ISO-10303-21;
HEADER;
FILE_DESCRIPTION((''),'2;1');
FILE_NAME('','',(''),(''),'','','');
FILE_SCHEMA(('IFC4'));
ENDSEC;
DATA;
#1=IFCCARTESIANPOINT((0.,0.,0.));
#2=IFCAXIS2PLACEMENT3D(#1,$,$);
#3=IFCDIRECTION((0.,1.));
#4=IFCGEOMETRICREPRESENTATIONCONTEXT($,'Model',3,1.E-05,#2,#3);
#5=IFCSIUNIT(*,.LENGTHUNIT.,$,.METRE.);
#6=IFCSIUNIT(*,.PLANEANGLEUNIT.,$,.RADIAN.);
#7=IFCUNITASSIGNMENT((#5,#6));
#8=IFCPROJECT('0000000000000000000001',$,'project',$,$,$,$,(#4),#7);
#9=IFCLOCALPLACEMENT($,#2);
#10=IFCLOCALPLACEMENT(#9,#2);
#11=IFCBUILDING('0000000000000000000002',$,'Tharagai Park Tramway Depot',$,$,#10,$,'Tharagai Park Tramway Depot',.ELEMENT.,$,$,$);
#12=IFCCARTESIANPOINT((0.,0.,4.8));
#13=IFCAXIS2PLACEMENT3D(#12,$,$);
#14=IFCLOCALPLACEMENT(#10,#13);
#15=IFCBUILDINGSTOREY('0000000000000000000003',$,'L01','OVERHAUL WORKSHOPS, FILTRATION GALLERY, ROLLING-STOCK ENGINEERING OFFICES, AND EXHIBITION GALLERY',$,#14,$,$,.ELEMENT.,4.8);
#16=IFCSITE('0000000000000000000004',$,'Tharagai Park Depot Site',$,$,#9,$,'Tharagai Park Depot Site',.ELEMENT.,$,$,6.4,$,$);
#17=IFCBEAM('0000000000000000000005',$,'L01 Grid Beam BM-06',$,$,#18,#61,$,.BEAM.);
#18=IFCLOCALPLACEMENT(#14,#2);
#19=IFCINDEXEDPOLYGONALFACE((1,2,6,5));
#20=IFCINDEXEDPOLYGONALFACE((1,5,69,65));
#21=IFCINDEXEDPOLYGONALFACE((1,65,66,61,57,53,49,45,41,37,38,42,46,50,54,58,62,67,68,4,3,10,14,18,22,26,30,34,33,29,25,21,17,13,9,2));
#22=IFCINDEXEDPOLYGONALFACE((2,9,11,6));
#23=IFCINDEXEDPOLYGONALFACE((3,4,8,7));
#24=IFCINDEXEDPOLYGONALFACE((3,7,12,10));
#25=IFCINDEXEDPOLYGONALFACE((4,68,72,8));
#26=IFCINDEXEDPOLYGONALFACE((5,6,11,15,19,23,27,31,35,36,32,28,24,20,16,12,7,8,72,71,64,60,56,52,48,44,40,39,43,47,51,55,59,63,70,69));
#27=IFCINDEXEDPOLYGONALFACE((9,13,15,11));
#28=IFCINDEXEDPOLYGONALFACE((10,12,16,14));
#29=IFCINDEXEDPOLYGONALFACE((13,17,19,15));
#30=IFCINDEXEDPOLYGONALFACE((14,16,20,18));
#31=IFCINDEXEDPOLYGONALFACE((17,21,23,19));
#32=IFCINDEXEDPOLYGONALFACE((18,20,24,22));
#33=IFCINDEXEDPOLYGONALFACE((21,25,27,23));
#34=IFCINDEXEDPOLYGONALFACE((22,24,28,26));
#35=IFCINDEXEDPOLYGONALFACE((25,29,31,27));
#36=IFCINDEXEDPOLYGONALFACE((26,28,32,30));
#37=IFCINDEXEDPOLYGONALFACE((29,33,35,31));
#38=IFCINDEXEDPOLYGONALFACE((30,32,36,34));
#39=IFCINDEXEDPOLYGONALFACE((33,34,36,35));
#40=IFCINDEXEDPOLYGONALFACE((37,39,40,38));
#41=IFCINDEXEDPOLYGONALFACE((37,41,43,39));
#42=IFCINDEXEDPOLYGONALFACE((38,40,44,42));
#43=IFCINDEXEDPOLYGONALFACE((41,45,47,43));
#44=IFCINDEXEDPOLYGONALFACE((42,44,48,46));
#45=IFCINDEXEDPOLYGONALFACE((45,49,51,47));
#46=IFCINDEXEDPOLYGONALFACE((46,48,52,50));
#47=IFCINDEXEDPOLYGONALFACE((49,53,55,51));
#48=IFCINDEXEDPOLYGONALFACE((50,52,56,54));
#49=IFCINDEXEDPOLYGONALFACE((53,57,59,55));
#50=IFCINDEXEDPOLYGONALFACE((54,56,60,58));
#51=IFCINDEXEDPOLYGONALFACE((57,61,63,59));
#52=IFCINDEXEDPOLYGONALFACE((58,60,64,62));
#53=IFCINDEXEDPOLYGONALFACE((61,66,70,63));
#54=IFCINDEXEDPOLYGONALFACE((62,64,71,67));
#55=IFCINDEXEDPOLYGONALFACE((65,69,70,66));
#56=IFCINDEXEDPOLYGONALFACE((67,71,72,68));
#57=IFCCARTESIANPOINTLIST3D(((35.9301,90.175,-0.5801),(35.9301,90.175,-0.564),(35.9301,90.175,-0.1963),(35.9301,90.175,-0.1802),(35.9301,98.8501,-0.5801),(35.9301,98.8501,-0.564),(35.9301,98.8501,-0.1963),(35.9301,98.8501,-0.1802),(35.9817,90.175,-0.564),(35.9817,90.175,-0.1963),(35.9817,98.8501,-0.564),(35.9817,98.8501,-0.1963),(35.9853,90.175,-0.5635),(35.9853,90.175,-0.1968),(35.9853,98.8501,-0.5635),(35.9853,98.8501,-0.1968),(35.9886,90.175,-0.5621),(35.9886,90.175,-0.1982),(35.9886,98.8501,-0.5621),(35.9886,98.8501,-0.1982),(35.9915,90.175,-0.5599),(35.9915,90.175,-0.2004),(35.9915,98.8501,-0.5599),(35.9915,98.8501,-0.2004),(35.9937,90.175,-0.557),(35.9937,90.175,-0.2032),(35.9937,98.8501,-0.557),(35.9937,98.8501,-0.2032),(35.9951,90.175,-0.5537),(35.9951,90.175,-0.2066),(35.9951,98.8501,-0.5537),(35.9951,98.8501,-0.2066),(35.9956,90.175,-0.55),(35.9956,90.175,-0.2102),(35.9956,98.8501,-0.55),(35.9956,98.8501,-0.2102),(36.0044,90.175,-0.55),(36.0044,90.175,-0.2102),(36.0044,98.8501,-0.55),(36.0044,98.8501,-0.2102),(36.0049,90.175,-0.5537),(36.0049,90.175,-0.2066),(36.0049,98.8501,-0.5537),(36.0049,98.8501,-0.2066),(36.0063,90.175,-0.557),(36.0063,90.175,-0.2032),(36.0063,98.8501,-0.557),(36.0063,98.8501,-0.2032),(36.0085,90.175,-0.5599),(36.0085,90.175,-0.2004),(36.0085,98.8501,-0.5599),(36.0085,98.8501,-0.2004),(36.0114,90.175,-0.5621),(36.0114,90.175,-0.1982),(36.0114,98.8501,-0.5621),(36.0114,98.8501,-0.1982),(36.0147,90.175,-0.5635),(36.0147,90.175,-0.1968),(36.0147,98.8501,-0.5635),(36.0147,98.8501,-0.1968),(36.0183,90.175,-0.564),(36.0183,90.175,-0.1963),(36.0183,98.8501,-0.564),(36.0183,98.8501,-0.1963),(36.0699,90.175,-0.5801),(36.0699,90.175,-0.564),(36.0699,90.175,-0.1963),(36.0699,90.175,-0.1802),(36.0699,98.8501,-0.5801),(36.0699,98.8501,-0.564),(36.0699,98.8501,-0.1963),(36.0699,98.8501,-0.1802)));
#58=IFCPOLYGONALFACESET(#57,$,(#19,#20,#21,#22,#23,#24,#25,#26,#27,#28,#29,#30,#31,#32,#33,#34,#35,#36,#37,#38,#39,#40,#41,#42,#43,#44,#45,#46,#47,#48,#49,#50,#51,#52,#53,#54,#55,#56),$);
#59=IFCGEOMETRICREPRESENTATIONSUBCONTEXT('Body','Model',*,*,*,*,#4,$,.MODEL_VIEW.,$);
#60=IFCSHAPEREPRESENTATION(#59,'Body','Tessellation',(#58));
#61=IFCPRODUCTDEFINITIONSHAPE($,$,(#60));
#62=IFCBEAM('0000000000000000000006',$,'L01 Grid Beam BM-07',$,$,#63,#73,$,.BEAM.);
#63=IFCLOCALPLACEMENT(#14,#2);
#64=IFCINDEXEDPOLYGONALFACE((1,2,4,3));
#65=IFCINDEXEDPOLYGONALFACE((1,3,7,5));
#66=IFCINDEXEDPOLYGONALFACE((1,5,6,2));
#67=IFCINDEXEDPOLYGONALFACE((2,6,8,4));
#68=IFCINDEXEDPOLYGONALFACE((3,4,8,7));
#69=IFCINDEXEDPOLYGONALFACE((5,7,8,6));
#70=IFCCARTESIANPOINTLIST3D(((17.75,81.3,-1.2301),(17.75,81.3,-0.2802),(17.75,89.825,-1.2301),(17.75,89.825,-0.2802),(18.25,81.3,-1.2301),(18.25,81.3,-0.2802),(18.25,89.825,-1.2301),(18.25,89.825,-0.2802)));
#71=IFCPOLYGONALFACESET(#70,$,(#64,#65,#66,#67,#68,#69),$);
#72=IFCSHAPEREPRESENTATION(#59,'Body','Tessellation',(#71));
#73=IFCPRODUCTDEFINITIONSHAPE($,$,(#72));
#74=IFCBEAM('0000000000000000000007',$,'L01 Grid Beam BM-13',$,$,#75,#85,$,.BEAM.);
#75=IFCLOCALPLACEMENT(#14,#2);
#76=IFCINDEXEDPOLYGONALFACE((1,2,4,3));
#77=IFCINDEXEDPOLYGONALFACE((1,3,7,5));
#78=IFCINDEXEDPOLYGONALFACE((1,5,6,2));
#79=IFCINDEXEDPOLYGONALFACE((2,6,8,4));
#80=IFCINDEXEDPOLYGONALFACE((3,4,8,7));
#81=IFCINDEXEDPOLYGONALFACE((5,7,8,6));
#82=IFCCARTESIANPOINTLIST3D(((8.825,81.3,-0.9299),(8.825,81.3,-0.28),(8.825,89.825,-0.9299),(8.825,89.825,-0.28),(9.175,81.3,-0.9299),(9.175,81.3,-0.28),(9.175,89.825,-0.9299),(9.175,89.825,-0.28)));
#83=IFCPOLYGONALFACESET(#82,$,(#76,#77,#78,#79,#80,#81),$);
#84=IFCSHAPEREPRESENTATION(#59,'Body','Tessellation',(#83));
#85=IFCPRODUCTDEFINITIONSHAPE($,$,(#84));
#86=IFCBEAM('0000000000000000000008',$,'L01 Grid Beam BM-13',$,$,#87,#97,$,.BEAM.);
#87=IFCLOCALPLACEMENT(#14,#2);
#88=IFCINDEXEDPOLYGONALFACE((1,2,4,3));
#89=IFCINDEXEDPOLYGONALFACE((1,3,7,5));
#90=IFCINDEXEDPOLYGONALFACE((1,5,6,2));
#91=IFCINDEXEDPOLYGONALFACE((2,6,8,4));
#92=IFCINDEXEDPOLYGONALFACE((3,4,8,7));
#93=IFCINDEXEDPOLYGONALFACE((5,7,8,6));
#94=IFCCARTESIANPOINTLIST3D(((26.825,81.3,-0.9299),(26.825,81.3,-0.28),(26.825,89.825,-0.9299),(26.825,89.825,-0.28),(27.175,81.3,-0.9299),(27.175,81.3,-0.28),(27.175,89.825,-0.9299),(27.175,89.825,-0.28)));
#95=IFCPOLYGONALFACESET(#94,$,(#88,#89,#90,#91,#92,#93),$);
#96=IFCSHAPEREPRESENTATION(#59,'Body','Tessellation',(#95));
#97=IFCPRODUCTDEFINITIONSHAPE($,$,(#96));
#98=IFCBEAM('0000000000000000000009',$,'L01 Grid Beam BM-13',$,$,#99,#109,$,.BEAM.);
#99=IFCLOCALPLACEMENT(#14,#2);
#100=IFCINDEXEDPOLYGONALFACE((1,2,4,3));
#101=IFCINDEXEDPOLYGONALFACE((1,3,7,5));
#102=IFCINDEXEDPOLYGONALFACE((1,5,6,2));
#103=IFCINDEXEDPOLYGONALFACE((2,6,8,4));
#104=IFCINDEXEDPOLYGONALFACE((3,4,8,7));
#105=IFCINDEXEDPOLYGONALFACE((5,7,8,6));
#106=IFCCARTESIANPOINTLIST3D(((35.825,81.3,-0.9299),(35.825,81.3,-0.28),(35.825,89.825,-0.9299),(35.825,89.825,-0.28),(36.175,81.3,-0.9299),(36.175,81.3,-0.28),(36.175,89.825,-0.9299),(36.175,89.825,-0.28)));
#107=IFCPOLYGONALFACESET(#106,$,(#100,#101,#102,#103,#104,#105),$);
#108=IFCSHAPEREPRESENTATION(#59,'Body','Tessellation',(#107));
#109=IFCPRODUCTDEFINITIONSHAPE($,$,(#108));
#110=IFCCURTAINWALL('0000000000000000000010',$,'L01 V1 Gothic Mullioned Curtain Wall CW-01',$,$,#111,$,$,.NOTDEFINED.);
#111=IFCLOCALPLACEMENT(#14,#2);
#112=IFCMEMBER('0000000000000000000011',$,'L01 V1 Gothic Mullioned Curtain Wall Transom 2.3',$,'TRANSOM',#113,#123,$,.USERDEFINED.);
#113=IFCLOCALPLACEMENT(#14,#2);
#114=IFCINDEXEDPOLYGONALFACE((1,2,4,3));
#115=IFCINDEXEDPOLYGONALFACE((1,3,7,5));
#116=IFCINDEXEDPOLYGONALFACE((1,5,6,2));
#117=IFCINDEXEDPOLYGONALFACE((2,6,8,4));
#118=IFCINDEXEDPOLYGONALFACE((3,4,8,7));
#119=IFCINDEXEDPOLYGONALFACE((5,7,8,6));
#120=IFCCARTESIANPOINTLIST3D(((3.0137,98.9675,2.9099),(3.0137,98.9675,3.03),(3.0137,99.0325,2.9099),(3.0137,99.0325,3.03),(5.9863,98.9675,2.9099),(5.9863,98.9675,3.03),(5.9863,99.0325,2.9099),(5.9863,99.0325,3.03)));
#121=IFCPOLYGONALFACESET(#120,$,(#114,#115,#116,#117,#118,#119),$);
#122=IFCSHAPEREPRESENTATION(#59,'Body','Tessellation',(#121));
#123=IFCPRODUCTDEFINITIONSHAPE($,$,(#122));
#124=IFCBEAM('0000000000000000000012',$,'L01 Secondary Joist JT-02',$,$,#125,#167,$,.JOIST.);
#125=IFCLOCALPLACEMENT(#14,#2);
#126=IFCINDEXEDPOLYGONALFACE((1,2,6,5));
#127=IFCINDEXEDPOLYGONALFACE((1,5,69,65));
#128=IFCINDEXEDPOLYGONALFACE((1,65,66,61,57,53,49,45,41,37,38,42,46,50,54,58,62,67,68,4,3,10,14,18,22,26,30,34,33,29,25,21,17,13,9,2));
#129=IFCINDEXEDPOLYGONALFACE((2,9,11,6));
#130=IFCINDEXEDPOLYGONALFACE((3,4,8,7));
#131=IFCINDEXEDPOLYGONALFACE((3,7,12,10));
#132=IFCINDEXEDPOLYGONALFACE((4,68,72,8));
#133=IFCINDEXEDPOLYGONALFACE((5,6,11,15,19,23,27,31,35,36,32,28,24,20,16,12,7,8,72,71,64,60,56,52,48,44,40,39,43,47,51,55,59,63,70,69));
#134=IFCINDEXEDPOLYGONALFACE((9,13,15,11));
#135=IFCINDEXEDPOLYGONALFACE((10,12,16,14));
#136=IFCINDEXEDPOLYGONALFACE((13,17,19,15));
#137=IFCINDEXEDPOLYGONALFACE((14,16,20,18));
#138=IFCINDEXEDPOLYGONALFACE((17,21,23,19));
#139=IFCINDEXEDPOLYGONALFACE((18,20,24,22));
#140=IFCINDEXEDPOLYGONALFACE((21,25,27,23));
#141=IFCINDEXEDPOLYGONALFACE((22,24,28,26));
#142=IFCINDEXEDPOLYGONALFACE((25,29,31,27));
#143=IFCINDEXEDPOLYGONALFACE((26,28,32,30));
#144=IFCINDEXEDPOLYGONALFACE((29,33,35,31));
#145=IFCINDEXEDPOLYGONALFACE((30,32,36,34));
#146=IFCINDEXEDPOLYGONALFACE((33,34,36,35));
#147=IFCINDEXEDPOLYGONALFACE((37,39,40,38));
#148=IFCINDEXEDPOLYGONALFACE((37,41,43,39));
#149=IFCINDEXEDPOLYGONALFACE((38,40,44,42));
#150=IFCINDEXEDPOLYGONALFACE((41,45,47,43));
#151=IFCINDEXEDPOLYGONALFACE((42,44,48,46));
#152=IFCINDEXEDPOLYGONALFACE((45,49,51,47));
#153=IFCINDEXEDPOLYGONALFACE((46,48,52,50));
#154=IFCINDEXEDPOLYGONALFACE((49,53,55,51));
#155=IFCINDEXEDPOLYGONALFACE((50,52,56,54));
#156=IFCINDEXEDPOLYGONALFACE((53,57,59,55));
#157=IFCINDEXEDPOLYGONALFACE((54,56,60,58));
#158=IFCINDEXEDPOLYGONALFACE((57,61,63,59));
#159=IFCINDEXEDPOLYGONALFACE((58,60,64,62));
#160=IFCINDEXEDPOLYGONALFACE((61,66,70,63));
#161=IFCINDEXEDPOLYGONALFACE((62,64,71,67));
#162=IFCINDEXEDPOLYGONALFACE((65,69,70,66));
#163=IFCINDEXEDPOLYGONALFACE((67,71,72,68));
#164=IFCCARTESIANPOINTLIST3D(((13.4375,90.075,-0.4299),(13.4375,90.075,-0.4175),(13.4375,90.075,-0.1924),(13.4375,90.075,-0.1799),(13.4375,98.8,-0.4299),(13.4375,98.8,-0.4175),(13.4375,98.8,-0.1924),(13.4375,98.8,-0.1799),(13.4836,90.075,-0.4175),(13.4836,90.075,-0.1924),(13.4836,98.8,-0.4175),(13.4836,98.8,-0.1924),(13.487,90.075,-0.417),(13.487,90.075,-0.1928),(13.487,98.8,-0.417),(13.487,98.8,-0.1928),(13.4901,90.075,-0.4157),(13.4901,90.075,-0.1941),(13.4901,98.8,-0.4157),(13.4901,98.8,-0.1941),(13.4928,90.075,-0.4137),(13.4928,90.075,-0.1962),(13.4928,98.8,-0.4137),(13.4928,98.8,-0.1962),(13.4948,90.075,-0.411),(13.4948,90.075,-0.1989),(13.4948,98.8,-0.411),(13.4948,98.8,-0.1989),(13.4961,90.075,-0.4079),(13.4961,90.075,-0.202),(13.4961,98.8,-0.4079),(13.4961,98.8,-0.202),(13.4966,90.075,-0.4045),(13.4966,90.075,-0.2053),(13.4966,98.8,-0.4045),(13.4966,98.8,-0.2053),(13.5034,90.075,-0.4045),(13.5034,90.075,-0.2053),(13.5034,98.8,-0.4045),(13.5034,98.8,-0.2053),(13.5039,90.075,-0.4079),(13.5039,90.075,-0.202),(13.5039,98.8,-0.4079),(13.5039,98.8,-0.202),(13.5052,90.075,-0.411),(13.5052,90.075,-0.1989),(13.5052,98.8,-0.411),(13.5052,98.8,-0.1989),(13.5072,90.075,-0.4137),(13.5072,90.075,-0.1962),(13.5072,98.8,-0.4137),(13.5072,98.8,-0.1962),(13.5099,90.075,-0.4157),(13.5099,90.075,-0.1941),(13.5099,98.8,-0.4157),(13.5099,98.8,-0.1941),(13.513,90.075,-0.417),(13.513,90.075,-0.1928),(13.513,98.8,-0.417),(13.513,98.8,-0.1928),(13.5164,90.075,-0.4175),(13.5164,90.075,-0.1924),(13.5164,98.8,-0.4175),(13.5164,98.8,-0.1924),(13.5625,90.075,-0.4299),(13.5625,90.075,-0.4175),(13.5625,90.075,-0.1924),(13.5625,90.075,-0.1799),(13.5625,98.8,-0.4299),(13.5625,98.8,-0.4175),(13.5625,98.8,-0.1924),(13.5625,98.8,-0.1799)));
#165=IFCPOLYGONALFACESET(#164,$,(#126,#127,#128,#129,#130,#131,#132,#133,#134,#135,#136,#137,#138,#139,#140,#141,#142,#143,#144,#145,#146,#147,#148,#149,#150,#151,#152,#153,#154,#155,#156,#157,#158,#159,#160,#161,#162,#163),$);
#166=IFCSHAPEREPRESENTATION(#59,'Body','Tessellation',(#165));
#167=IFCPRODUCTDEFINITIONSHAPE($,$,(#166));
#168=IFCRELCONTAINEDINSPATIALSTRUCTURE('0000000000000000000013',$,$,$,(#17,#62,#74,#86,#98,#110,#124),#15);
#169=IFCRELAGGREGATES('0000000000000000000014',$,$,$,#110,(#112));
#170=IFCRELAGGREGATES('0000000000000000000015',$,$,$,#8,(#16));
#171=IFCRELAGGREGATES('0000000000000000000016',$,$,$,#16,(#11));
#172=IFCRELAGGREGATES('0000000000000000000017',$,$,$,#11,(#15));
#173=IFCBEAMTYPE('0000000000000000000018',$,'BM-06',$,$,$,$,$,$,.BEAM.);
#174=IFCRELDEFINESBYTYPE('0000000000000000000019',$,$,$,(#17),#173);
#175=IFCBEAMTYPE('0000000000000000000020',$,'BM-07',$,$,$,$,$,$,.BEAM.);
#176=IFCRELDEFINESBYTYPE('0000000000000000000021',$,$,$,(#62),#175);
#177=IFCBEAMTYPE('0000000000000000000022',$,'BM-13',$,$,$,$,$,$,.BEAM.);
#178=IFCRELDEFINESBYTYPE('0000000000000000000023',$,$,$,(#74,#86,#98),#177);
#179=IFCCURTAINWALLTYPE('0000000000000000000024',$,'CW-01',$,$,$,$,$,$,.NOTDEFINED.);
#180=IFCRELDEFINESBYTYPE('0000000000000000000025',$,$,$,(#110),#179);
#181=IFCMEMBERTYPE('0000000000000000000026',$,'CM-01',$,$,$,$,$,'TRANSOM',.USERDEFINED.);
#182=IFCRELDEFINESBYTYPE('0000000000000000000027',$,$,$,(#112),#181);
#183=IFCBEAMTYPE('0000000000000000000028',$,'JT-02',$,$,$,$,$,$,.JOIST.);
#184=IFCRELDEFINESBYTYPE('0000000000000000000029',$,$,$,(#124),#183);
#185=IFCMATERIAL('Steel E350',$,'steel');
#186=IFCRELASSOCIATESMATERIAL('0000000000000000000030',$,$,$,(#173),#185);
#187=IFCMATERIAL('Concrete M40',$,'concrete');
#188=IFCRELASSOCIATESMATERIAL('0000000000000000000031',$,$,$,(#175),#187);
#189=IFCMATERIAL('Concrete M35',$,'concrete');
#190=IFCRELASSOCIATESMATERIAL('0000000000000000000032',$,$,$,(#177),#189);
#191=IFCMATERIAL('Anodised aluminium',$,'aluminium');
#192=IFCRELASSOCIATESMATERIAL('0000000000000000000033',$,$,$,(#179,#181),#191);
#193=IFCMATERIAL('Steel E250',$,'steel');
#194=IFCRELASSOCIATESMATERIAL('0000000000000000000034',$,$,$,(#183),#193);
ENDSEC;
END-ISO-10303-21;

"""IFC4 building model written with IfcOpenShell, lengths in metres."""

from ifc_helpers import new_model, si_unit, direction, frame, origin, origin_2d, place, context, subcontext, project, spatial, rectangle, i_section, extrude, material, material_profile, profile_set, type_object, element, aggregate, save


model = new_model("IFC4")

# Units and contexts
model_context = context("Model", 3, precision=1e-05, world=origin(), true_north=direction((0.0, 1.0)))
body_context = subcontext(model_context, "Body", "Model", "MODEL_VIEW")
ifc_project = project(units=[si_unit("LENGTHUNIT", "METRE"), si_unit("PLANEANGLEUNIT", "RADIAN")], contexts=[model_context])

# Site, building, storey
site_placement = place(None, origin())
site = spatial("IfcSite", under=ifc_project, at=site_placement, Name="Tharagai Park Depot Site", LongName="Tharagai Park Depot Site", CompositionType="ELEMENT", RefElevation=6.4)
building_placement = place(site_placement, origin())
building = spatial("IfcBuilding", under=site, at=building_placement, Name="Tharagai Park Tramway Depot", LongName="Tharagai Park Tramway Depot", CompositionType="ELEMENT")
storey_placement = place(building_placement, frame((0.0, 0.0, 4.8)))
storey = spatial("IfcBuildingStorey", under=building, at=storey_placement, Name="L01", Description="OVERHAUL WORKSHOPS, FILTRATION GALLERY, ROLLING-STOCK ENGINEERING OFFICES, AND EXHIBITION GALLERY", CompositionType="ELEMENT", Elevation=4.8)

# Shared definitions
ifc_material_1 = material(Name="Steel E350", Category="steel")

# Beams
ifc_material_2 = material(Name="Concrete M35", Category="concrete")
ifc_material_profile_1 = material_profile(ifc_material_1, i_section(OverallWidth=0.1399, OverallDepth=0.3999, WebThickness=0.0088, FlangeThickness=0.0161, FilletRadius=0.0139, at=origin_2d()), Name="ISMB 400")
ifc_profile_set_1 = profile_set([ifc_material_profile_1], Name="Steel E350")
beam_type_1 = type_object("IfcBeamType", Name="BM-06", PredefinedType="BEAM", material=ifc_profile_set_1)
for number, where, z_axis, x_axis, name in (
    (1, (36.0, 90.175, -0.3801), (0.0, 1.0, 0.0), (-1.0, 0.0, 0.0), "L01 Grid Beam BM-06"),
):
    element("IfcBeam", number, at=place(storey_placement, frame(where, z_axis=z_axis, x_axis=x_axis)), inside=storey, type_object=beam_type_1, Name=name, PredefinedType="BEAM", context=body_context, shape_type="SweptSolid", body=[
        extrude(i_section(OverallWidth=0.1399, OverallDepth=0.3999, WebThickness=0.0088, FlangeThickness=0.0161, FilletRadius=0.0139, at=origin_2d()), origin(), (0.0, 0.0, 1.0), 8.675),
    ])
ifc_material_3 = material(Name="Concrete M40", Category="concrete")
ifc_material_profile_2 = material_profile(ifc_material_3, rectangle(XDim=0.5, YDim=0.95, at=origin_2d()), Name="RC 500x950")
ifc_profile_set_2 = profile_set([ifc_material_profile_2], Name="Concrete M40")
beam_type_2 = type_object("IfcBeamType", Name="BM-07", PredefinedType="BEAM", material=ifc_profile_set_2)
beam_placement = place(storey_placement, frame((18.0, 81.3, -0.7551), z_axis=(0.0, 1.0, 0.0), x_axis=(-1.0, 0.0, 0.0)))
element("IfcBeam", 2, at=beam_placement, inside=storey, type_object=beam_type_2, Name="L01 Grid Beam BM-07", PredefinedType="BEAM", context=body_context, shape_type="SweptSolid", body=[
    extrude(rectangle(XDim=0.5, YDim=0.95, at=origin_2d()), origin(), (0.0, 0.0, 1.0), 8.5249),
])
ifc_material_profile_3 = material_profile(ifc_material_2, rectangle(XDim=0.3501, YDim=0.6499, at=origin_2d()), Name="RC 350x650")
ifc_profile_set_3 = profile_set([ifc_material_profile_3], Name="Concrete M35")
beam_type_3 = type_object("IfcBeamType", Name="BM-13", PredefinedType="BEAM", material=ifc_profile_set_3)
for number, where, z_axis, x_axis, name in (
    (3, (9.0, 81.3, -0.605), (0.0, 1.0, 0.0), (-1.0, 0.0, 0.0), "L01 Grid Beam BM-13"),
    (4, (27.0, 81.3, -0.605), (0.0, 1.0, 0.0), (-1.0, 0.0, 0.0), "L01 Grid Beam BM-13"),
    (5, (36.0, 81.3, -0.605), (0.0, 1.0, 0.0), (-1.0, 0.0, 0.0), "L01 Grid Beam BM-13"),
):
    element("IfcBeam", number, at=place(storey_placement, frame(where, z_axis=z_axis, x_axis=x_axis)), inside=storey, type_object=beam_type_3, Name=name, PredefinedType="BEAM", context=body_context, shape_type="SweptSolid", body=[
        extrude(rectangle(XDim=0.3501, YDim=0.6499, at=origin_2d()), origin(), (0.0, 0.0, 1.0), 8.5249),
    ])

# Curtain wall, member
ifc_material_4 = material(Name="Anodised aluminium", Category="aluminium")
curtain_wall_type = type_object("IfcCurtainWallType", Name="CW-01", PredefinedType="NOTDEFINED", material=ifc_material_4)
curtain_wall_placement = place(storey_placement, origin())
curtain_wall = element("IfcCurtainWall", 6, at=curtain_wall_placement, inside=storey, type_object=curtain_wall_type, Name="L01 V1 Gothic Mullioned Curtain Wall CW-01", PredefinedType="NOTDEFINED")
ifc_material_profile_4 = material_profile(ifc_material_4, rectangle(XDim=0.0649, YDim=0.1201, at=origin_2d()), Name="ALU 65x120")
ifc_profile_set_4 = profile_set([ifc_material_profile_4], Name="Anodised aluminium")
member_type = type_object("IfcMemberType", Name="CM-01", ElementType="TRANSOM", PredefinedType="USERDEFINED", material=ifc_profile_set_4)
member_placement = place(storey_placement, frame((3.0137, 99.0, 2.97), z_axis=(1.0, 0.0, 0.0), x_axis=(0.0, 1.0, 0.0)))
member = element("IfcMember", 7, at=member_placement, type_object=member_type, Name="L01 V1 Gothic Mullioned Curtain Wall Transom 2.3", ObjectType="TRANSOM", PredefinedType="USERDEFINED", context=body_context, shape_type="SweptSolid", body=[
    extrude(rectangle(XDim=0.0649, YDim=0.1201, at=origin_2d()), origin(), (0.0, 0.0, 1.0), 2.9727),
])

# Beam
ifc_material_5 = material(Name="Steel E250", Category="steel")
ifc_material_profile_5 = material_profile(ifc_material_5, i_section(OverallWidth=0.125, OverallDepth=0.25, WebThickness=0.0068, FlangeThickness=0.0125, FilletRadius=0.0129, at=origin_2d()), Name="ISMB 250")
ifc_profile_set_5 = profile_set([ifc_material_profile_5], Name="Steel E250")
beam_type_4 = type_object("IfcBeamType", Name="JT-02", PredefinedType="JOIST", material=ifc_profile_set_5)
for number, where, z_axis, x_axis, name in (
    (8, (13.5, 90.075, -0.3049), (0.0, 1.0, 0.0), (-1.0, 0.0, 0.0), "L01 Secondary Joist JT-02"),
):
    element("IfcBeam", number, at=place(storey_placement, frame(where, z_axis=z_axis, x_axis=x_axis)), inside=storey, type_object=beam_type_4, Name=name, PredefinedType="JOIST", context=body_context, shape_type="SweptSolid", body=[
        extrude(i_section(OverallWidth=0.125, OverallDepth=0.25, WebThickness=0.0068, FlangeThickness=0.0125, FilletRadius=0.0129, at=origin_2d()), origin(), (0.0, 0.0, 1.0), 8.7251),
    ])

aggregate(curtain_wall, [member])

save(model, "model.ifc")
